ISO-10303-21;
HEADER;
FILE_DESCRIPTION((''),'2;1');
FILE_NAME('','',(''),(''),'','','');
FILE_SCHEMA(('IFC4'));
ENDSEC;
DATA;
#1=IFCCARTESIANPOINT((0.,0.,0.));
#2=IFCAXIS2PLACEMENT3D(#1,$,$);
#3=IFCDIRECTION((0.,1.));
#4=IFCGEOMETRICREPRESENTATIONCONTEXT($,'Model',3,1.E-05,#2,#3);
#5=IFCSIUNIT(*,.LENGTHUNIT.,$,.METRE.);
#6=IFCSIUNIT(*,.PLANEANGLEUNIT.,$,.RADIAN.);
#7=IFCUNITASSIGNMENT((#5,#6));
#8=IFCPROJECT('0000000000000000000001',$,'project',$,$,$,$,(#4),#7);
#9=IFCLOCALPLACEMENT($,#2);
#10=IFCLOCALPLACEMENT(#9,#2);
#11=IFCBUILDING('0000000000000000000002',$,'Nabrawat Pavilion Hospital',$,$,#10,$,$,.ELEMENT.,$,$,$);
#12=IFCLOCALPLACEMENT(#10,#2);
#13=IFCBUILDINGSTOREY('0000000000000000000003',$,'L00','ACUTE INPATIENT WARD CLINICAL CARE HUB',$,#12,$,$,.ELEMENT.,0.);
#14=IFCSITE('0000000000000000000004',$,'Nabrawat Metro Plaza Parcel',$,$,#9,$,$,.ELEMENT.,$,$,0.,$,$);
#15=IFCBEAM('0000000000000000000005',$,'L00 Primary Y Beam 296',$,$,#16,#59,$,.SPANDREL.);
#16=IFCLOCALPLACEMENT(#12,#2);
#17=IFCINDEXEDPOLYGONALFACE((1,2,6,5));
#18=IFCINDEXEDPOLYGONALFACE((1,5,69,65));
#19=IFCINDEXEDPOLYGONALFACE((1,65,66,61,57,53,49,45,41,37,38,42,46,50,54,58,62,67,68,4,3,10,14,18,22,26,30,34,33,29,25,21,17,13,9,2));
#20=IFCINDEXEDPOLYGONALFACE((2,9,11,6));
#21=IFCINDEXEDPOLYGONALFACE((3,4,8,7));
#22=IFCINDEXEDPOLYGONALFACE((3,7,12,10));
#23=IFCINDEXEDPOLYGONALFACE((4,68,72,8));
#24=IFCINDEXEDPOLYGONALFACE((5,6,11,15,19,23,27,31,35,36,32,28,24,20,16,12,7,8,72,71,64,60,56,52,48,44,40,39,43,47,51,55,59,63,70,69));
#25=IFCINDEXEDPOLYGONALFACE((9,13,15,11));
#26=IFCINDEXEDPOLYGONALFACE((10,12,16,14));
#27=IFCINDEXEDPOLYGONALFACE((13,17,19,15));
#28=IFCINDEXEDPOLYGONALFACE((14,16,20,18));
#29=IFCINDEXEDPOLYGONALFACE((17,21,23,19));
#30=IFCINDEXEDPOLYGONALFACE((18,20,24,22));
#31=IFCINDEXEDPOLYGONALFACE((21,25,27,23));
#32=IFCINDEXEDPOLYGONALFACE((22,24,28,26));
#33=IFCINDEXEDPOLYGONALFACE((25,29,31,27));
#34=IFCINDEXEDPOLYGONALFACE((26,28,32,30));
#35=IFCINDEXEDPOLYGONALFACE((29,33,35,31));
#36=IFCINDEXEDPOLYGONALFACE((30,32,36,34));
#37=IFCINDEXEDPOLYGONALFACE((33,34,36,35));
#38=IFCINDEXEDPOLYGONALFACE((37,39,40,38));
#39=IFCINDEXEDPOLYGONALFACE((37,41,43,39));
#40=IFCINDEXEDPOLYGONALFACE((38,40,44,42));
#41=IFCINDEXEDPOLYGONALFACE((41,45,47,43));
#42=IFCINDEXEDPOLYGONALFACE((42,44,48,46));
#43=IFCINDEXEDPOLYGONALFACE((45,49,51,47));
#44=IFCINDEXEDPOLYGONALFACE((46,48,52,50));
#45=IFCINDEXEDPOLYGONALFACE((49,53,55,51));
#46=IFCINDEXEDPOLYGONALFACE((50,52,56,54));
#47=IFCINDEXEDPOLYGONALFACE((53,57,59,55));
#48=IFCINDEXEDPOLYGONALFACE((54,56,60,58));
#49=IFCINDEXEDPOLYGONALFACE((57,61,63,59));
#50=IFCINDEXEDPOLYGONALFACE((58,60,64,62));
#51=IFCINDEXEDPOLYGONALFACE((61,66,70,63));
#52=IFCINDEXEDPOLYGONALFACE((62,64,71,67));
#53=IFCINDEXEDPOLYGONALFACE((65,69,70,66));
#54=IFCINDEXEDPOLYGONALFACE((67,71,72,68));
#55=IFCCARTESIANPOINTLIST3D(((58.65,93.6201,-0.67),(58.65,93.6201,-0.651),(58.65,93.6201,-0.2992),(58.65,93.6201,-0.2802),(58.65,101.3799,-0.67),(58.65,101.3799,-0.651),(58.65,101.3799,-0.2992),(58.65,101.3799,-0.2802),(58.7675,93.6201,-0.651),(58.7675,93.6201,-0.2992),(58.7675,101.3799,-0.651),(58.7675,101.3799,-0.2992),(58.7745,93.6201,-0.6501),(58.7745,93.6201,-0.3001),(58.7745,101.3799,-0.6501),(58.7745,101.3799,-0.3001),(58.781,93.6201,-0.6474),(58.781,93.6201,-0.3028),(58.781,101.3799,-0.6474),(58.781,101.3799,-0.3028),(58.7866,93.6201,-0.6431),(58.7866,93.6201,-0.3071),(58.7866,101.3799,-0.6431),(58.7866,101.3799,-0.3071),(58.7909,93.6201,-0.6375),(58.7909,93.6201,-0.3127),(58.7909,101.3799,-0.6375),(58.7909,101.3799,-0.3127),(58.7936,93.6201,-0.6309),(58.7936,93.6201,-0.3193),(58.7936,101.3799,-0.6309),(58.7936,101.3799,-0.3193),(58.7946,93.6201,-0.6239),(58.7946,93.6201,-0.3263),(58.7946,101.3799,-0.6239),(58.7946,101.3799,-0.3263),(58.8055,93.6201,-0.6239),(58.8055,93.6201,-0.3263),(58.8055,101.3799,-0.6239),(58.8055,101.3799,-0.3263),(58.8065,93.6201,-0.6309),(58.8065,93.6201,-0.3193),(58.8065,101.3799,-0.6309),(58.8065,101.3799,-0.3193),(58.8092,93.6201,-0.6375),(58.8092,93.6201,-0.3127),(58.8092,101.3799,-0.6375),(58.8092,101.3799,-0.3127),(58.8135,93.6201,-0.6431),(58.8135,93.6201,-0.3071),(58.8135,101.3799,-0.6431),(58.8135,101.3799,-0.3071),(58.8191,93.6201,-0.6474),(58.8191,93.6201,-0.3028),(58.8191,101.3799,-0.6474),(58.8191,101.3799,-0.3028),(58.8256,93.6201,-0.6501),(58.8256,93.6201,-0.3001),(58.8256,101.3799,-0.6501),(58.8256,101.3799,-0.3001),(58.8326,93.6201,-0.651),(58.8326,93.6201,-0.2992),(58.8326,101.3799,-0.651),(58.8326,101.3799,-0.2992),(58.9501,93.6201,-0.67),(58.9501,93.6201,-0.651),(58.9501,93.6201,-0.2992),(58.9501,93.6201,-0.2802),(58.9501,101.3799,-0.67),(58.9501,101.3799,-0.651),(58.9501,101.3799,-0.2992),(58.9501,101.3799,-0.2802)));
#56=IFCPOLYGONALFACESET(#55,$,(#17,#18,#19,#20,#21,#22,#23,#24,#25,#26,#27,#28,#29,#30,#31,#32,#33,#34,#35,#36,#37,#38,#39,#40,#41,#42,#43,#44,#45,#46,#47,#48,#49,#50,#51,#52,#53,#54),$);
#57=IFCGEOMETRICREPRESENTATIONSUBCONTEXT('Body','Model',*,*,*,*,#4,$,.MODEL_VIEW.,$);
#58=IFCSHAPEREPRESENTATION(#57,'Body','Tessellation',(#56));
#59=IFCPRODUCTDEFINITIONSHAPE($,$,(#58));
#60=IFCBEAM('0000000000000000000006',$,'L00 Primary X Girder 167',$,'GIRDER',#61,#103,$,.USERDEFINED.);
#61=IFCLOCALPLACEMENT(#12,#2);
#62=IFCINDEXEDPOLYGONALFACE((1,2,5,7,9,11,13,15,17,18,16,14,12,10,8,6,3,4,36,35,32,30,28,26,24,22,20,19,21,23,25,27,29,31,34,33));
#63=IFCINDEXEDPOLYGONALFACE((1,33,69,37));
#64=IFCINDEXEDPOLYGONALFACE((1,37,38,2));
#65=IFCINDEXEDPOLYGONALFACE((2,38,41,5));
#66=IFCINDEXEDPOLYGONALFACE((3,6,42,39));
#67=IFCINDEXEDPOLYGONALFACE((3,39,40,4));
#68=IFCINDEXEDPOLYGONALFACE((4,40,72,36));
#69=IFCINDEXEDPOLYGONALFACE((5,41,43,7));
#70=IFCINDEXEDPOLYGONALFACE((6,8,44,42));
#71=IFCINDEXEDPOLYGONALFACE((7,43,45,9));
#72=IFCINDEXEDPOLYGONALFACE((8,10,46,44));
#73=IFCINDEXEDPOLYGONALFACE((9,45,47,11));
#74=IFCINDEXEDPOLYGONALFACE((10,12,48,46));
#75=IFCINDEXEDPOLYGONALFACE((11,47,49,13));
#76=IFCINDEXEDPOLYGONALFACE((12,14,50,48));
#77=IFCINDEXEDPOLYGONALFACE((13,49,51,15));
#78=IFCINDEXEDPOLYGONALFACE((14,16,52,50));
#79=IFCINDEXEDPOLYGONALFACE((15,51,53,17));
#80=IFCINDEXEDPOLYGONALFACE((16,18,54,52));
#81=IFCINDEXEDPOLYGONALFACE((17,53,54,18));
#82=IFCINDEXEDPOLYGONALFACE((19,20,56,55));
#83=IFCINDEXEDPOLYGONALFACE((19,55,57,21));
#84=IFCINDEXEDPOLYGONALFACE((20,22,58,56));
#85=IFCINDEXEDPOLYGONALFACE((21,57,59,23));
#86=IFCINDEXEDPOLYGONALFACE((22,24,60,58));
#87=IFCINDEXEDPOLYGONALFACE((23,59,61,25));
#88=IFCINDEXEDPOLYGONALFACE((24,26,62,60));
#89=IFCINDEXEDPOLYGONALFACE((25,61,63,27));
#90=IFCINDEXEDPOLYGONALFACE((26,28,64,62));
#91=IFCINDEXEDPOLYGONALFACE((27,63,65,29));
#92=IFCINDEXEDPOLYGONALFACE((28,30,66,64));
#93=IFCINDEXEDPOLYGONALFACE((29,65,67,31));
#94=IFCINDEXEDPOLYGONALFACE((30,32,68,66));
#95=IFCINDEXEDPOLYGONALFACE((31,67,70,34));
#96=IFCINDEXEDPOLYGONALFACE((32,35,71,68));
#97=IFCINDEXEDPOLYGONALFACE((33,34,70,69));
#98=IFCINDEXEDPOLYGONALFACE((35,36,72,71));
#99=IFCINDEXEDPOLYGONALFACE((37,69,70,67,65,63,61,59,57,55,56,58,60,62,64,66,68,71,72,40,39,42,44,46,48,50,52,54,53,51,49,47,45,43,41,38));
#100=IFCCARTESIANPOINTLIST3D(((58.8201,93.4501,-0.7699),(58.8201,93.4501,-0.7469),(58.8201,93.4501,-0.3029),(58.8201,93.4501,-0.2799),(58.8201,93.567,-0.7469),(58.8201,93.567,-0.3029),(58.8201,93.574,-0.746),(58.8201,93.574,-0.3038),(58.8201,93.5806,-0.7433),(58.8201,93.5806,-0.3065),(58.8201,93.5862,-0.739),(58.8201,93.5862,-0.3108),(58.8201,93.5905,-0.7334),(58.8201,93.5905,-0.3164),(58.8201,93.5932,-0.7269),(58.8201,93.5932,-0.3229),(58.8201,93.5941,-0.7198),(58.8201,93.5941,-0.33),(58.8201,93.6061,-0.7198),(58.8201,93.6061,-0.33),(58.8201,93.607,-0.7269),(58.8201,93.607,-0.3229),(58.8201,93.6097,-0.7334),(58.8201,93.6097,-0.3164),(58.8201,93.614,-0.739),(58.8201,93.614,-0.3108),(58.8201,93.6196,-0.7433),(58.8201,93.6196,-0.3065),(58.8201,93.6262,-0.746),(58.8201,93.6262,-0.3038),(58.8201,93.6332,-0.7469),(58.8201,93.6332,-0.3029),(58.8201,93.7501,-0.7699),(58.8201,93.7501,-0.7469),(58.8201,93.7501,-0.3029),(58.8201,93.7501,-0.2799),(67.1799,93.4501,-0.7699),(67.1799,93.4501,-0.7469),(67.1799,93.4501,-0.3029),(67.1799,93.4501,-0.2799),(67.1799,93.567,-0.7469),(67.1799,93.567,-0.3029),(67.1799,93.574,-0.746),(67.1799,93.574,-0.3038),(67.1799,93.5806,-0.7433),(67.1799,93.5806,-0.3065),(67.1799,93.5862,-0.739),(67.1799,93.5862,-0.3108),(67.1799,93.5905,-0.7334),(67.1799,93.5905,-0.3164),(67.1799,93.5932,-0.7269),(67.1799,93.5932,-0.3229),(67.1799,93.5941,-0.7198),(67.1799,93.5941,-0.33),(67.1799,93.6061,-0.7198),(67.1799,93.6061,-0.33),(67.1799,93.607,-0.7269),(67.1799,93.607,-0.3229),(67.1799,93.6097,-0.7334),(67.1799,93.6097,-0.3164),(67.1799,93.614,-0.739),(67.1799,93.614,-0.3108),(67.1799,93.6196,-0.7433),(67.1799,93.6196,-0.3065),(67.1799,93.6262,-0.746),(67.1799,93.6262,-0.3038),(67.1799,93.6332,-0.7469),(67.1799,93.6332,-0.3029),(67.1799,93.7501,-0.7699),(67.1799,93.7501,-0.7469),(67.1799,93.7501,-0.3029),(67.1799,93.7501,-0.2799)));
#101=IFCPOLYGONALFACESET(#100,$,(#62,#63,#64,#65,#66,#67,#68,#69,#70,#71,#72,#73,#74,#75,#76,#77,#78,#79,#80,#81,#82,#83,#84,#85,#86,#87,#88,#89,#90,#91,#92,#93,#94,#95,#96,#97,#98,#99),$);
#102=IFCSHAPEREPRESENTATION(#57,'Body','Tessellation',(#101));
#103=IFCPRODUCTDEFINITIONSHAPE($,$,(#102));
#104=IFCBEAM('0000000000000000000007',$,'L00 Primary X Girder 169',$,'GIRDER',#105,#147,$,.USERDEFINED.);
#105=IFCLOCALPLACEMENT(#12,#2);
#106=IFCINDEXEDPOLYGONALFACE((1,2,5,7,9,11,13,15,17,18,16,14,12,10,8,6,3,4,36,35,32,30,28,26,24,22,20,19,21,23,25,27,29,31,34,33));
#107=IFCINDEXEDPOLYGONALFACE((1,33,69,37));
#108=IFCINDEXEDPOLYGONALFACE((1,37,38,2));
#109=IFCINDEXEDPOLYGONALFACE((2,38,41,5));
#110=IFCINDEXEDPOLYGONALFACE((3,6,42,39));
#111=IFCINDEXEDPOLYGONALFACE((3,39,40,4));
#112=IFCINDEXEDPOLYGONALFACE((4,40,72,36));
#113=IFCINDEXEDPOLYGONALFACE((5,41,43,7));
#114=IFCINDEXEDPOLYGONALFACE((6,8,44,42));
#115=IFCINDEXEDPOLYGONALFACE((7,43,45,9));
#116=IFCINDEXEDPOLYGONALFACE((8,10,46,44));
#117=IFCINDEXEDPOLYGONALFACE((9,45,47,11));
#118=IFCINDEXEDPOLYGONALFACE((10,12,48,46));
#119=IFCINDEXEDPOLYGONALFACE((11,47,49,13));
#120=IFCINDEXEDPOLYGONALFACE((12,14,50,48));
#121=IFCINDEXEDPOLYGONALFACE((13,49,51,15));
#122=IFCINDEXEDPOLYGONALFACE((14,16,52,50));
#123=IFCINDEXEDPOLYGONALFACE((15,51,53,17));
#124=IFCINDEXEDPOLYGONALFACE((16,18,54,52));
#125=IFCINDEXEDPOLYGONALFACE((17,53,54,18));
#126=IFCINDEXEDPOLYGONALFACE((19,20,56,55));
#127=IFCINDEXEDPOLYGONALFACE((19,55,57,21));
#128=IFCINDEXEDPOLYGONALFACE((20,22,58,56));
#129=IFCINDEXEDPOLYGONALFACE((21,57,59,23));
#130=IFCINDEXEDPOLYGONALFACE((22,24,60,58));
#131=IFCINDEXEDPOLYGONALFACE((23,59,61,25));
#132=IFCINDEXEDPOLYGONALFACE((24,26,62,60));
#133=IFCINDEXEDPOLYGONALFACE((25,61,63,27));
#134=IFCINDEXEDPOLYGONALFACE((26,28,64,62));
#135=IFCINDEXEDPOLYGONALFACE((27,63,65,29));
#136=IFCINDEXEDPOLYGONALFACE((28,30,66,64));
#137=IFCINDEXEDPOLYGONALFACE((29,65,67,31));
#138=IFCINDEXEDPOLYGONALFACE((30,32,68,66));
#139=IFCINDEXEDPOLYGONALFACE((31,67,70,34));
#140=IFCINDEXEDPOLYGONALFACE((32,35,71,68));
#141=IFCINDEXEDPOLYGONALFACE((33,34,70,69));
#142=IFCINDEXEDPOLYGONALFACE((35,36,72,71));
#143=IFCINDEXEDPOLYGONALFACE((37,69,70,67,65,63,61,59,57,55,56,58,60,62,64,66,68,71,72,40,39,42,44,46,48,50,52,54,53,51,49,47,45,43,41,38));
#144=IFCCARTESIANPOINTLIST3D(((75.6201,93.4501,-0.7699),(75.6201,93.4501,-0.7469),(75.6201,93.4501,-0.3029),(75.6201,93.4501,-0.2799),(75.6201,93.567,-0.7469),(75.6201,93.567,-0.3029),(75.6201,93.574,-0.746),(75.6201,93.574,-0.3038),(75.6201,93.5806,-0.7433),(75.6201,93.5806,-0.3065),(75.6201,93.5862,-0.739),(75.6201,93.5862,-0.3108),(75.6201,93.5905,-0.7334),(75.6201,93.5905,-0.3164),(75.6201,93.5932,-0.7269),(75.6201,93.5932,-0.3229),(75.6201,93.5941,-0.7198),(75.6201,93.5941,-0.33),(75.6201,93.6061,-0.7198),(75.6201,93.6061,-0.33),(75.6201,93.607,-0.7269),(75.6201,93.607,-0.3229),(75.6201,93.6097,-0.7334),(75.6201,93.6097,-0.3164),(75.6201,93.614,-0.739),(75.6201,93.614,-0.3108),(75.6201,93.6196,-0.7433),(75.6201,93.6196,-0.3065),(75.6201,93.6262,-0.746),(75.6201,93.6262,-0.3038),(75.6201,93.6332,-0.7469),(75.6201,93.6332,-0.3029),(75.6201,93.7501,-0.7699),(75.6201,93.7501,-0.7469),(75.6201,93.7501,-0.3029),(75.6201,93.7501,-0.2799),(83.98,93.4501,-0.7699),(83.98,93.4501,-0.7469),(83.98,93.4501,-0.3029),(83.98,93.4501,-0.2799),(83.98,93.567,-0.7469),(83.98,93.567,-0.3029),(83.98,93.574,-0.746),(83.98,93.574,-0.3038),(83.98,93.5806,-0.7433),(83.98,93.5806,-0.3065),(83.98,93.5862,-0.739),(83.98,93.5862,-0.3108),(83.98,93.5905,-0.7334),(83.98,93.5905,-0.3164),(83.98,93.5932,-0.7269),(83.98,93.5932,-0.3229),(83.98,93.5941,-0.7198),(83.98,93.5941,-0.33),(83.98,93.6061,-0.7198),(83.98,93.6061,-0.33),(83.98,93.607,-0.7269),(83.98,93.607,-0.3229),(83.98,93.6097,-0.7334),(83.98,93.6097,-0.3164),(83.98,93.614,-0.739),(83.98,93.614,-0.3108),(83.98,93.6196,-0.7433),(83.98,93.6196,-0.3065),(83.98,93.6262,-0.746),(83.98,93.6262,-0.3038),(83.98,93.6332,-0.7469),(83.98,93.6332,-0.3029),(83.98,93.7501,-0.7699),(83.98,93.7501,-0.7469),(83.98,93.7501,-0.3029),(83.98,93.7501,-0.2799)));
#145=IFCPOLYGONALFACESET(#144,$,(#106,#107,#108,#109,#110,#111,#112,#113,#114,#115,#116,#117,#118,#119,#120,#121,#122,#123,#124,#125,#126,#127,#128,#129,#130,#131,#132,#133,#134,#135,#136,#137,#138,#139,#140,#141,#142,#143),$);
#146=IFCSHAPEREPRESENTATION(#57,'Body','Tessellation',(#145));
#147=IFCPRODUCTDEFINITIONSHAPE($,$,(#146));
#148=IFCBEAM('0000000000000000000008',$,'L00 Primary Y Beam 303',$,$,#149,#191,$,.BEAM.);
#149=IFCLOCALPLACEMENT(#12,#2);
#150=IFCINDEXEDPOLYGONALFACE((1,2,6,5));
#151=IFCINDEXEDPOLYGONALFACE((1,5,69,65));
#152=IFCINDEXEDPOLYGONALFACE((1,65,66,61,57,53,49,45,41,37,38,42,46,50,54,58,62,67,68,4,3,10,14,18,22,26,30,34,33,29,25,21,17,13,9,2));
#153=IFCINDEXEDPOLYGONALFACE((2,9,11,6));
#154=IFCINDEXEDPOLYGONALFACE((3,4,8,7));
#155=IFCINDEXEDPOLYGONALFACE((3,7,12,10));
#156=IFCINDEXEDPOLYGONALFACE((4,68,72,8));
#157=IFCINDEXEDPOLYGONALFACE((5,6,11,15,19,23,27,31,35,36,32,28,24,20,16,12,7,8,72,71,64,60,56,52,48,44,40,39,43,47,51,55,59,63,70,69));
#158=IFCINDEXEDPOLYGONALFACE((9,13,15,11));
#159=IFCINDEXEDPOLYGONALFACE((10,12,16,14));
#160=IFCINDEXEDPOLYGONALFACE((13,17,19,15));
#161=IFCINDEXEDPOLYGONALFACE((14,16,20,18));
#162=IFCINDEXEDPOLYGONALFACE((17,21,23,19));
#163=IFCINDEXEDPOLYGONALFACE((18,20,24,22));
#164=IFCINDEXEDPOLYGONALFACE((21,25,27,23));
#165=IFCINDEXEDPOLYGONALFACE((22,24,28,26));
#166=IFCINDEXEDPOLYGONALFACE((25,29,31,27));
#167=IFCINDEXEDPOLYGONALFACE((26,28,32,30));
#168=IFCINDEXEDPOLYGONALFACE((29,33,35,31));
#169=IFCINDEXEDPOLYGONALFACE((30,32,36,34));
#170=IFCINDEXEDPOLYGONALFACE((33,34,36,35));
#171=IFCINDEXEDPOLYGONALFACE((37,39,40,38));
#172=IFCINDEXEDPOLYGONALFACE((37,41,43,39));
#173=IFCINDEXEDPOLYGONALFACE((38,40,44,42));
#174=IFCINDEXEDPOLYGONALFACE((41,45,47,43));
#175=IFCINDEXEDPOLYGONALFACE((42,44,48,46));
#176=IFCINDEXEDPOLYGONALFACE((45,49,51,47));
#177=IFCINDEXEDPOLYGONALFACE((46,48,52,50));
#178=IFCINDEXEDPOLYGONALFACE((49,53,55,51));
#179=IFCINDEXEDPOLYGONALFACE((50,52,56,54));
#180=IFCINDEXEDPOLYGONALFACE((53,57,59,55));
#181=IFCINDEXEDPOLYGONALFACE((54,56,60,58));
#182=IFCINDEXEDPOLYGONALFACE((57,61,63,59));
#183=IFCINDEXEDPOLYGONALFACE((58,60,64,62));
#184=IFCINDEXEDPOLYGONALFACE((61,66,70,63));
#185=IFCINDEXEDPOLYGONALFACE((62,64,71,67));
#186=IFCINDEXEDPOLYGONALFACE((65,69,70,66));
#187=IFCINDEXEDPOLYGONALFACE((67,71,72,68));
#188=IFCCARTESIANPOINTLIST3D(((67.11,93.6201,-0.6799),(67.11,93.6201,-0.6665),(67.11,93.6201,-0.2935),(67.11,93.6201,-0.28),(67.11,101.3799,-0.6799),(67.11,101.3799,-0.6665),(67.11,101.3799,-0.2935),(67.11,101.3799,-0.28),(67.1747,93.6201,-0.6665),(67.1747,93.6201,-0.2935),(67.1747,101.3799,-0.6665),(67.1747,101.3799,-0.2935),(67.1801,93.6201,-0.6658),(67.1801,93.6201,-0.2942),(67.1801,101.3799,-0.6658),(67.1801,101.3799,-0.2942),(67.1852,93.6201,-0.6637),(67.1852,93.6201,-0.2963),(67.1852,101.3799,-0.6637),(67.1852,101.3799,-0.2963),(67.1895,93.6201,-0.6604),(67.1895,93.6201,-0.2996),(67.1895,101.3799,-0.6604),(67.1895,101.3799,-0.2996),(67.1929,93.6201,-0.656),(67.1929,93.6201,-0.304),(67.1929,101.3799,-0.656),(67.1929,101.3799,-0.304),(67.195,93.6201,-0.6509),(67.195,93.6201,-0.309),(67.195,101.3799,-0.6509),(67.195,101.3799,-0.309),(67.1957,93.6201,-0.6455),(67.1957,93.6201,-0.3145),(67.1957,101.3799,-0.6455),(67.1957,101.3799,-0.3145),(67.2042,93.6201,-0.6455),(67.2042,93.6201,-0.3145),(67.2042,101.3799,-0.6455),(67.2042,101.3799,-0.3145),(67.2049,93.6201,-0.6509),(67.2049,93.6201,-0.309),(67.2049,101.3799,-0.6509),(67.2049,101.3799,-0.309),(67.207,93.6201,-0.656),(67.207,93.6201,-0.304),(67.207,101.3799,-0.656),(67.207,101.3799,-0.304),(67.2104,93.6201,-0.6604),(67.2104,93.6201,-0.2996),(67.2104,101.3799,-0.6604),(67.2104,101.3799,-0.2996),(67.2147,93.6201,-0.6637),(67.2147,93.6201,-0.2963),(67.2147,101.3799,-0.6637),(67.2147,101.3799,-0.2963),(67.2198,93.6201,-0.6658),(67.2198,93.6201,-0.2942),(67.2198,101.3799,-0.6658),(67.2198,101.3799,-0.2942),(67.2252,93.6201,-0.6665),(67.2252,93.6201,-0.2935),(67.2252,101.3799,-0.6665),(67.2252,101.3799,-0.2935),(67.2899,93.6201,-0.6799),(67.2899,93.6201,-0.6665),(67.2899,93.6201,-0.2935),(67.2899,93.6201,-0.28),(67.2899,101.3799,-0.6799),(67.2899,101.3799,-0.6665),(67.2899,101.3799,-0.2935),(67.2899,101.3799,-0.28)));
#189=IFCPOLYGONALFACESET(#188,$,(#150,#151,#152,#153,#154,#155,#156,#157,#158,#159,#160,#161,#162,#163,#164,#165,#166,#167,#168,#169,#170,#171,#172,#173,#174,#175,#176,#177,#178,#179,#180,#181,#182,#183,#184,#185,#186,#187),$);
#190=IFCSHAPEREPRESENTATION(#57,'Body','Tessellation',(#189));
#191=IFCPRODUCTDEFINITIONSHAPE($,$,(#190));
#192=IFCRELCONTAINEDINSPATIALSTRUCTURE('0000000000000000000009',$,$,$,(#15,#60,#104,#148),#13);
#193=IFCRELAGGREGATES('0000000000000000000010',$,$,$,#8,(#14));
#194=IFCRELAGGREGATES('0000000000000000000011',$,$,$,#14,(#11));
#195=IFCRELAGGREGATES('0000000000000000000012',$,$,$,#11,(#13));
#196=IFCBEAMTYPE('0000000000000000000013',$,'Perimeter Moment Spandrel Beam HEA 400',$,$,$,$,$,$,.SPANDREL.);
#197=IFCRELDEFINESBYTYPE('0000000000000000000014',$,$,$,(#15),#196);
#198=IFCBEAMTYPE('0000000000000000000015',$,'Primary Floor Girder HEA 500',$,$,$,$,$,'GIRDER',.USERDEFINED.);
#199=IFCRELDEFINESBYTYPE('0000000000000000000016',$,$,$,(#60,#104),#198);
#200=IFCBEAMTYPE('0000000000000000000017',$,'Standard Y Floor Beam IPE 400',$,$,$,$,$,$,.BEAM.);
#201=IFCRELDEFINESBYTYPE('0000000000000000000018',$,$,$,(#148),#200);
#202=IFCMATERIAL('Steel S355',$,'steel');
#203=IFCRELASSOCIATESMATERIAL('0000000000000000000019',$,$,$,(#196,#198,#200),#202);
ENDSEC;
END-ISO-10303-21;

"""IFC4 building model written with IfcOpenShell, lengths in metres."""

from ifc_helpers import new_model, si_unit, direction, frame, origin, origin_2d, place, context, subcontext, project, spatial, i_section, extrude, material, material_profile, profile_set, type_object, element, save


model = new_model("IFC4")

# Units and contexts
model_context = context("Model", 3, precision=1e-05, world=origin(), true_north=direction((0.0, 1.0)))
body_context = subcontext(model_context, "Body", "Model", "MODEL_VIEW")
ifc_project = project(units=[si_unit("LENGTHUNIT", "METRE"), si_unit("PLANEANGLEUNIT", "RADIAN")], contexts=[model_context])

# Site, building, storey
site_placement = place(None, origin())
site = spatial("IfcSite", under=ifc_project, at=site_placement, Name="Nabrawat Metro Plaza Parcel", CompositionType="ELEMENT", RefElevation=0.0)
building_placement = place(site_placement, origin())
building = spatial("IfcBuilding", under=site, at=building_placement, Name="Nabrawat Pavilion Hospital", CompositionType="ELEMENT")
storey_placement = place(building_placement, origin())
storey = spatial("IfcBuildingStorey", under=building, at=storey_placement, Name="L00", Description="ACUTE INPATIENT WARD CLINICAL CARE HUB", CompositionType="ELEMENT", Elevation=0.0)

# Shared definitions
ifc_material_1 = material(Name="Steel S355", Category="steel")

# Beams
ifc_material_profile_1 = material_profile(ifc_material_1, i_section(OverallWidth=0.3, OverallDepth=0.3899, WebThickness=0.011, FlangeThickness=0.019, FilletRadius=0.0271, at=origin_2d()), Name="HEA 400")
ifc_profile_set_1 = profile_set([ifc_material_profile_1], Name="Steel S355")
beam_type_1 = type_object("IfcBeamType", Name="Perimeter Moment Spandrel Beam HEA 400", PredefinedType="SPANDREL", material=ifc_profile_set_1)
beam_1_placement = place(storey_placement, frame((58.8, 93.6201, -0.4751), z_axis=(0.0, 1.0, 0.0), x_axis=(-1.0, 0.0, 0.0)))
element("IfcBeam", 1, at=beam_1_placement, inside=storey, type_object=beam_type_1, Name="L00 Primary Y Beam 296", PredefinedType="SPANDREL", context=body_context, shape_type="SweptSolid", body=[
    extrude(i_section(OverallWidth=0.3, OverallDepth=0.3899, WebThickness=0.011, FlangeThickness=0.019, FilletRadius=0.0271, at=origin_2d()), origin(), (0.0, 0.0, 1.0), 7.7598),
])
ifc_material_profile_2 = material_profile(ifc_material_1, i_section(OverallWidth=0.3, OverallDepth=0.49, WebThickness=0.012, FlangeThickness=0.0229, FilletRadius=0.0271, at=origin_2d()), Name="HEA 500")
ifc_profile_set_2 = profile_set([ifc_material_profile_2], Name="Steel S355")
beam_type_2 = type_object("IfcBeamType", Name="Primary Floor Girder HEA 500", ElementType="GIRDER", PredefinedType="USERDEFINED", material=ifc_profile_set_2)
for number, where, z_axis, x_axis, name in (
    (2, (58.8201, 93.6001, -0.5249), (1.0, 0.0, 0.0), (0.0, 1.0, 0.0), "L00 Primary X Girder 167"),
    (3, (75.6201, 93.6001, -0.5249), (1.0, 0.0, 0.0), (0.0, 1.0, 0.0), "L00 Primary X Girder 169"),
):
    element("IfcBeam", number, at=place(storey_placement, frame(where, z_axis=z_axis, x_axis=x_axis)), inside=storey, type_object=beam_type_2, Name=name, ObjectType="GIRDER", PredefinedType="USERDEFINED", context=body_context, shape_type="SweptSolid", body=[
        extrude(i_section(OverallWidth=0.3, OverallDepth=0.49, WebThickness=0.012, FlangeThickness=0.0229, FilletRadius=0.0271, at=origin_2d()), origin(), (0.0, 0.0, 1.0), 8.3599),
    ])
ifc_material_profile_3 = material_profile(ifc_material_1, i_section(OverallWidth=0.1799, OverallDepth=0.3999, WebThickness=0.0085, FlangeThickness=0.0134, FilletRadius=0.021, at=origin_2d()), Name="IPE 400")
ifc_profile_set_3 = profile_set([ifc_material_profile_3], Name="Steel S355")
beam_type_3 = type_object("IfcBeamType", Name="Standard Y Floor Beam IPE 400", PredefinedType="BEAM", material=ifc_profile_set_3)
for number, where, z_axis, x_axis, name in (
    (4, (67.2, 93.6201, -0.48), (0.0, 1.0, 0.0), (-1.0, 0.0, 0.0), "L00 Primary Y Beam 303"),
):
    element("IfcBeam", number, at=place(storey_placement, frame(where, z_axis=z_axis, x_axis=x_axis)), inside=storey, type_object=beam_type_3, Name=name, PredefinedType="BEAM", context=body_context, shape_type="SweptSolid", body=[
        extrude(i_section(OverallWidth=0.1799, OverallDepth=0.3999, WebThickness=0.0085, FlangeThickness=0.0134, FilletRadius=0.021, at=origin_2d()), origin(), (0.0, 0.0, 1.0), 7.7598),
    ])

save(model, "model.ifc")
